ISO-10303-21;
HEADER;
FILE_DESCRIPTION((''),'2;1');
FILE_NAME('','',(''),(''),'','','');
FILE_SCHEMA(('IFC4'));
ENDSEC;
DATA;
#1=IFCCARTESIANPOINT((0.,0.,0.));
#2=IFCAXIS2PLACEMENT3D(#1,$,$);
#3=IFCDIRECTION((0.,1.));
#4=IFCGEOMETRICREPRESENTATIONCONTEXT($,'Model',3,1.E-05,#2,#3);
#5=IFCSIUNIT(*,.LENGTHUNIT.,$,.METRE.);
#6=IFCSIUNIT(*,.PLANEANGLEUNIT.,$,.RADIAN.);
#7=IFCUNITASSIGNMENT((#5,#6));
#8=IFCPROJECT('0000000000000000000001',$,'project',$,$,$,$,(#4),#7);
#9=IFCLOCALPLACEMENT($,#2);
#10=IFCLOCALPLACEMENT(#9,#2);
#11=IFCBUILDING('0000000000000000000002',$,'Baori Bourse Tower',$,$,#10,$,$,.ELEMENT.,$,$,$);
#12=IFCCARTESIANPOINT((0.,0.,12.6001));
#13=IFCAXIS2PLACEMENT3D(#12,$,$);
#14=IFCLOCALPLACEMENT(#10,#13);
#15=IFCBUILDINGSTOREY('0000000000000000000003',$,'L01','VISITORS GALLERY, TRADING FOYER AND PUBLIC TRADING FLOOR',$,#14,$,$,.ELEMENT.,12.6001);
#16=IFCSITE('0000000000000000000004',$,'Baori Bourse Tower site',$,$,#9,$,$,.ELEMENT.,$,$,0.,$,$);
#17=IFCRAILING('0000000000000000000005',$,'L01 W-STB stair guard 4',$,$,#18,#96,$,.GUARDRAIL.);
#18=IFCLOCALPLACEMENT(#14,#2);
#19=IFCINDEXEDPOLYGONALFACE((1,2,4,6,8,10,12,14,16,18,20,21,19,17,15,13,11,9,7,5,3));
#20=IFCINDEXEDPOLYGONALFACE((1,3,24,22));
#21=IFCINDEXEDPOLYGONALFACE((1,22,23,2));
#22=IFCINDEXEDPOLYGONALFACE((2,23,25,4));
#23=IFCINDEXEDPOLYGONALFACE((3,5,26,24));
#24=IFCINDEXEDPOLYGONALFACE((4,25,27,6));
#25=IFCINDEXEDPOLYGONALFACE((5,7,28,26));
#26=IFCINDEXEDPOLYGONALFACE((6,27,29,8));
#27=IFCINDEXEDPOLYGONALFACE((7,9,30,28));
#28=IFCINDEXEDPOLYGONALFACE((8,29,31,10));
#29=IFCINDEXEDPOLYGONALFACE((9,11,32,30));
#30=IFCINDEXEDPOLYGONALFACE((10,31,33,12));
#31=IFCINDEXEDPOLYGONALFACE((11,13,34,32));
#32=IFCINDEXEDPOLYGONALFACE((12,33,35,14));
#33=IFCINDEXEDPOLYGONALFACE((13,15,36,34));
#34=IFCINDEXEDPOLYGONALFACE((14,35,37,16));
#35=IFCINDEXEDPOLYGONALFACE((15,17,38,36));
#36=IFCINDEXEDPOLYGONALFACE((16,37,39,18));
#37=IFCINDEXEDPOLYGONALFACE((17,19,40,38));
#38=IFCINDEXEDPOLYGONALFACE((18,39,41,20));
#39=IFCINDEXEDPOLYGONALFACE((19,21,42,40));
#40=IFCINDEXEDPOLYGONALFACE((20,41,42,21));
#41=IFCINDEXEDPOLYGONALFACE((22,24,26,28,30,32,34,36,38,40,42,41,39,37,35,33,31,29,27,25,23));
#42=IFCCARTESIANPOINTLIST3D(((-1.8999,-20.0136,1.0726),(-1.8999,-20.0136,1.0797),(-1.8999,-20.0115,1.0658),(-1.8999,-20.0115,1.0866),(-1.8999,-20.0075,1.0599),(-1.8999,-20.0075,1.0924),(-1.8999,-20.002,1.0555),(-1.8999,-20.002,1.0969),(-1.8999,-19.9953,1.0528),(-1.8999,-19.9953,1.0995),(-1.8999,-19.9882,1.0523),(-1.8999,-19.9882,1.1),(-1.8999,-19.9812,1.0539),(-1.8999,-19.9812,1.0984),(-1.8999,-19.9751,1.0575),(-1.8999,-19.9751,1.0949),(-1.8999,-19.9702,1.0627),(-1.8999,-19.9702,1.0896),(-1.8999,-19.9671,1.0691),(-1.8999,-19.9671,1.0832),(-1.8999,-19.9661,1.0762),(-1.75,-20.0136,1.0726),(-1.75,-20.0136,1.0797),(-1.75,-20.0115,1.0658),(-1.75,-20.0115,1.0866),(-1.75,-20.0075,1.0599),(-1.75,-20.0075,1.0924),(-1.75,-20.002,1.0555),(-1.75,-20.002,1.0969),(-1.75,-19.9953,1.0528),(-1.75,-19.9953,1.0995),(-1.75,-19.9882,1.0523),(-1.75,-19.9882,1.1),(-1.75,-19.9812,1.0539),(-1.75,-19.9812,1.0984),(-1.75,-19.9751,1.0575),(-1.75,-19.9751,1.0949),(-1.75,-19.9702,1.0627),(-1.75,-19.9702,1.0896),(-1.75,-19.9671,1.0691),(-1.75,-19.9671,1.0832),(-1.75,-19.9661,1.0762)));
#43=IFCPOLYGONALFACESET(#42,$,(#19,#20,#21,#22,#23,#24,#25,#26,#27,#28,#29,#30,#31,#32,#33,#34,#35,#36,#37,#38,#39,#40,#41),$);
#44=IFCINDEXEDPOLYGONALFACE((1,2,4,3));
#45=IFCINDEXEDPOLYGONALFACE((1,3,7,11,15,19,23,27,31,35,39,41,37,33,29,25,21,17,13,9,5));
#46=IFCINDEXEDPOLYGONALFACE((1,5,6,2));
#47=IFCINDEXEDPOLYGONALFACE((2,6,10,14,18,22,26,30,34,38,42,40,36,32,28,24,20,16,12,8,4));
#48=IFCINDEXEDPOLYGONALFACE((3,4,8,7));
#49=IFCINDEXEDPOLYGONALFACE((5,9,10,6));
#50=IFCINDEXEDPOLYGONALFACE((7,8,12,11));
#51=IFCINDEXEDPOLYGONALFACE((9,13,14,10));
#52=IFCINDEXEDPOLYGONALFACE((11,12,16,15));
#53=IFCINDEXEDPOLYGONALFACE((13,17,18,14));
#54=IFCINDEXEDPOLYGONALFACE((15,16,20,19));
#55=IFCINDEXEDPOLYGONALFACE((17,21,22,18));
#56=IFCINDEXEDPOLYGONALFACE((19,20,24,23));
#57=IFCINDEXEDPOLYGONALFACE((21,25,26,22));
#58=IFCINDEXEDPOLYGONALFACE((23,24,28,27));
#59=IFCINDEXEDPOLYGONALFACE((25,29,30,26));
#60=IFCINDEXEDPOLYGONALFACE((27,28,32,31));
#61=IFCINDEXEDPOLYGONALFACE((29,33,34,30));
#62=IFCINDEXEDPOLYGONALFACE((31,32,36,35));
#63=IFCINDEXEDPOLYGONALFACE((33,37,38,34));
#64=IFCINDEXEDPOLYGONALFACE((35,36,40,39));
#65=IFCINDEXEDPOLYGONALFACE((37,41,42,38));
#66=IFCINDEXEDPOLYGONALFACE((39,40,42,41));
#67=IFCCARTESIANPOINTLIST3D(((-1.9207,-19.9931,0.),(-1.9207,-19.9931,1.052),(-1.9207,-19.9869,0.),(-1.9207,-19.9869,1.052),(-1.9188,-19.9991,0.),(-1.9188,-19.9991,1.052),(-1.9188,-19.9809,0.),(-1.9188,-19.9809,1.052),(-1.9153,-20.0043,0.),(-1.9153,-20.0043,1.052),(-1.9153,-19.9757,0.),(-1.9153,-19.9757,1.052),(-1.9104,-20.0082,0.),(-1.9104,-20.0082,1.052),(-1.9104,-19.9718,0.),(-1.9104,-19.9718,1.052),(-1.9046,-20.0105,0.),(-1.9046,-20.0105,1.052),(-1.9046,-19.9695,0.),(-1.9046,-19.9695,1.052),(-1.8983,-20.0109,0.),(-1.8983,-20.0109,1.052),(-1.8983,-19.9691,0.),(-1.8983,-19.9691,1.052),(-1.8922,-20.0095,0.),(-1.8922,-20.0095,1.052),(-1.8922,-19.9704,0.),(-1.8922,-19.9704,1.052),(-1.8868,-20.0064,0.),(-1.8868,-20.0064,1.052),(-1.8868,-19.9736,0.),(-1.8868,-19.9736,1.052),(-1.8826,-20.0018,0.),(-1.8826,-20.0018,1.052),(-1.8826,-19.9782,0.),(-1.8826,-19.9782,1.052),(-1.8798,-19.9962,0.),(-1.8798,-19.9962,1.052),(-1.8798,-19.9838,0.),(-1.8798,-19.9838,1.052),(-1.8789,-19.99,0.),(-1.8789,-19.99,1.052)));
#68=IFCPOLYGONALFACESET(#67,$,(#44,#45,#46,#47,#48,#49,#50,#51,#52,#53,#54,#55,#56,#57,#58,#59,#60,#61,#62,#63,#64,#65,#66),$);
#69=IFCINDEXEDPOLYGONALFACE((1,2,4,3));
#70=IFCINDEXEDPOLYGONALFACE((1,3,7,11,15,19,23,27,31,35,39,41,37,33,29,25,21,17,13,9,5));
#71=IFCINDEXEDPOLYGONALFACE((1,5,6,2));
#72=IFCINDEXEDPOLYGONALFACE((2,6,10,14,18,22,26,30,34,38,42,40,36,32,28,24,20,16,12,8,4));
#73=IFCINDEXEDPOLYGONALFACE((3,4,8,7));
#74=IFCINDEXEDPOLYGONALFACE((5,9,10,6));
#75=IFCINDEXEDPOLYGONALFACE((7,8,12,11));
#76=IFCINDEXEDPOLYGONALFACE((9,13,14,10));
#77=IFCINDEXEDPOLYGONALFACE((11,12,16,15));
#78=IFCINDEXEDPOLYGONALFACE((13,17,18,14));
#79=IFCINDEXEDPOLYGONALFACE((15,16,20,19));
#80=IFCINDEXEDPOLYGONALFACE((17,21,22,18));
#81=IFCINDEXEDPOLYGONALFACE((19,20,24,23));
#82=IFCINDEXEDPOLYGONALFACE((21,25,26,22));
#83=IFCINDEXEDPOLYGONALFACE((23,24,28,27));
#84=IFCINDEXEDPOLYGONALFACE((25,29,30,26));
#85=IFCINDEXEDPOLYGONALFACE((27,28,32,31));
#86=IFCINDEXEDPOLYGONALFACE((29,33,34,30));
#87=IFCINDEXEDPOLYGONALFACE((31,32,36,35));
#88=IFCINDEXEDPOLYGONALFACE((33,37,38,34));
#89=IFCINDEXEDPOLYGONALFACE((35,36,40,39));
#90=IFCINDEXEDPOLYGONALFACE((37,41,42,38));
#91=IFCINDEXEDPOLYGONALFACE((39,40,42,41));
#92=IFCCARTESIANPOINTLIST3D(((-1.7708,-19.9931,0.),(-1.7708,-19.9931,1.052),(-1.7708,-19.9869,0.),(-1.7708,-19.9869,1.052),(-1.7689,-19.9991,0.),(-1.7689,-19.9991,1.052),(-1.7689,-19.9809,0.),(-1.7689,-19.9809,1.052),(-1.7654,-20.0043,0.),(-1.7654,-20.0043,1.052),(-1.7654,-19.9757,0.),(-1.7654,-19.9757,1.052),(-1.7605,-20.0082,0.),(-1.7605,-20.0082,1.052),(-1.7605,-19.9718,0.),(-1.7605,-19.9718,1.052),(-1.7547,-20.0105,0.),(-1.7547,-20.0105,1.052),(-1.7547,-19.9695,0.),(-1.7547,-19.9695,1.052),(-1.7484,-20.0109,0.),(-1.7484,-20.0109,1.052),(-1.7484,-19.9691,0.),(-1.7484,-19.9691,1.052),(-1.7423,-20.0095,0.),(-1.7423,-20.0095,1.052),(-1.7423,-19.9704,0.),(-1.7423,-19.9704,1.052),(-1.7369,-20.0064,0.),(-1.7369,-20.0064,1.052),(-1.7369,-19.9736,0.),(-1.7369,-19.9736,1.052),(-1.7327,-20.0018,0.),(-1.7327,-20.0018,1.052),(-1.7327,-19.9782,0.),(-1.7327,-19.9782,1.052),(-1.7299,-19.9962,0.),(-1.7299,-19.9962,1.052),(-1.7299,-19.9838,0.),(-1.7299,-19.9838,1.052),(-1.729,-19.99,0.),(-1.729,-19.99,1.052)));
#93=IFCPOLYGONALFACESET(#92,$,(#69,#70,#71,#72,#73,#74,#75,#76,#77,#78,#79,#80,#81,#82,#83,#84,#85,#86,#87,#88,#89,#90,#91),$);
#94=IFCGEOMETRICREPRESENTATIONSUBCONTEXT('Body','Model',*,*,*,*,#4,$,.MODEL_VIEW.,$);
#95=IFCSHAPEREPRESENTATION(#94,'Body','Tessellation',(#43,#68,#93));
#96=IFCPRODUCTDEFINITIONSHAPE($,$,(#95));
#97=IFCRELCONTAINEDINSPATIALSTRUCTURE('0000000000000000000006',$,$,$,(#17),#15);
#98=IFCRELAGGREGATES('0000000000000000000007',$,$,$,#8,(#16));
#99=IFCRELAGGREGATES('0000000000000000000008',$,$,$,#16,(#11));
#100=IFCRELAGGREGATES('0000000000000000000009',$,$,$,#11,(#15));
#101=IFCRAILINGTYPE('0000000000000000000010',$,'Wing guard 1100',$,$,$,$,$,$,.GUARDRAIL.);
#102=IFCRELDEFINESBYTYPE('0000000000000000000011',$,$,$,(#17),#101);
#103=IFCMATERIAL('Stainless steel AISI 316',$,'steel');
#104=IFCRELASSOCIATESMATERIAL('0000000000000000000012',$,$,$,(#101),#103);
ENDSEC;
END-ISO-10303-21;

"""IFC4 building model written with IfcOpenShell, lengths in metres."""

from ifc_helpers import new_model, si_unit, direction, frame, origin, origin_2d, place, context, subcontext, project, spatial, circle, extrude, material, type_object, element, save


model = new_model("IFC4")

# Units and contexts
model_context = context("Model", 3, precision=1e-05, world=origin(), true_north=direction((0.0, 1.0)))
body_context = subcontext(model_context, "Body", "Model", "MODEL_VIEW")
ifc_project = project(units=[si_unit("LENGTHUNIT", "METRE"), si_unit("PLANEANGLEUNIT", "RADIAN")], contexts=[model_context])

# Site, building, storey
site_placement = place(None, origin())
site = spatial("IfcSite", under=ifc_project, at=site_placement, Name="Baori Bourse Tower site", CompositionType="ELEMENT", RefElevation=0.0)
building_placement = place(site_placement, origin())
building = spatial("IfcBuilding", under=site, at=building_placement, Name="Baori Bourse Tower", CompositionType="ELEMENT")
storey_placement = place(building_placement, frame((0.0, 0.0, 12.6001)))
storey = spatial("IfcBuildingStorey", under=building, at=storey_placement, Name="L01", Description="VISITORS GALLERY, TRADING FOYER AND PUBLIC TRADING FLOOR", CompositionType="ELEMENT", Elevation=12.6001)

# Railing
ifc_material_1 = material(Name="Stainless steel AISI 316", Category="steel")
railing_type_1 = type_object("IfcRailingType", Name="Wing guard 1100", PredefinedType="GUARDRAIL", material=ifc_material_1)
railing_1_placement = place(storey_placement, frame((-1.8999, -19.99, 0.0)))
element("IfcRailing", 1, at=railing_1_placement, inside=storey, type_object=railing_type_1, Name="L01 W-STB stair guard 4", PredefinedType="GUARDRAIL", context=body_context, shape_type="SweptSolid", body=[
    extrude(circle(Radius=0.0239, at=origin_2d()), frame((0.0, 0.0, 1.0762), z_axis=(1.0, 0.0, 0.0), x_axis=(0.0, 1.0, 0.0)), (0.0, 0.0, 1.0), 0.1499),
    extrude(circle(Radius=0.021, at=origin_2d()), origin(), (0.0, 0.0, 1.0), 1.052),
    extrude(circle(Radius=0.021, at=origin_2d()), frame((0.1499, 0.0, 0.0)), (0.0, 0.0, 1.0), 1.052),
])

save(model, "model.ifc")
